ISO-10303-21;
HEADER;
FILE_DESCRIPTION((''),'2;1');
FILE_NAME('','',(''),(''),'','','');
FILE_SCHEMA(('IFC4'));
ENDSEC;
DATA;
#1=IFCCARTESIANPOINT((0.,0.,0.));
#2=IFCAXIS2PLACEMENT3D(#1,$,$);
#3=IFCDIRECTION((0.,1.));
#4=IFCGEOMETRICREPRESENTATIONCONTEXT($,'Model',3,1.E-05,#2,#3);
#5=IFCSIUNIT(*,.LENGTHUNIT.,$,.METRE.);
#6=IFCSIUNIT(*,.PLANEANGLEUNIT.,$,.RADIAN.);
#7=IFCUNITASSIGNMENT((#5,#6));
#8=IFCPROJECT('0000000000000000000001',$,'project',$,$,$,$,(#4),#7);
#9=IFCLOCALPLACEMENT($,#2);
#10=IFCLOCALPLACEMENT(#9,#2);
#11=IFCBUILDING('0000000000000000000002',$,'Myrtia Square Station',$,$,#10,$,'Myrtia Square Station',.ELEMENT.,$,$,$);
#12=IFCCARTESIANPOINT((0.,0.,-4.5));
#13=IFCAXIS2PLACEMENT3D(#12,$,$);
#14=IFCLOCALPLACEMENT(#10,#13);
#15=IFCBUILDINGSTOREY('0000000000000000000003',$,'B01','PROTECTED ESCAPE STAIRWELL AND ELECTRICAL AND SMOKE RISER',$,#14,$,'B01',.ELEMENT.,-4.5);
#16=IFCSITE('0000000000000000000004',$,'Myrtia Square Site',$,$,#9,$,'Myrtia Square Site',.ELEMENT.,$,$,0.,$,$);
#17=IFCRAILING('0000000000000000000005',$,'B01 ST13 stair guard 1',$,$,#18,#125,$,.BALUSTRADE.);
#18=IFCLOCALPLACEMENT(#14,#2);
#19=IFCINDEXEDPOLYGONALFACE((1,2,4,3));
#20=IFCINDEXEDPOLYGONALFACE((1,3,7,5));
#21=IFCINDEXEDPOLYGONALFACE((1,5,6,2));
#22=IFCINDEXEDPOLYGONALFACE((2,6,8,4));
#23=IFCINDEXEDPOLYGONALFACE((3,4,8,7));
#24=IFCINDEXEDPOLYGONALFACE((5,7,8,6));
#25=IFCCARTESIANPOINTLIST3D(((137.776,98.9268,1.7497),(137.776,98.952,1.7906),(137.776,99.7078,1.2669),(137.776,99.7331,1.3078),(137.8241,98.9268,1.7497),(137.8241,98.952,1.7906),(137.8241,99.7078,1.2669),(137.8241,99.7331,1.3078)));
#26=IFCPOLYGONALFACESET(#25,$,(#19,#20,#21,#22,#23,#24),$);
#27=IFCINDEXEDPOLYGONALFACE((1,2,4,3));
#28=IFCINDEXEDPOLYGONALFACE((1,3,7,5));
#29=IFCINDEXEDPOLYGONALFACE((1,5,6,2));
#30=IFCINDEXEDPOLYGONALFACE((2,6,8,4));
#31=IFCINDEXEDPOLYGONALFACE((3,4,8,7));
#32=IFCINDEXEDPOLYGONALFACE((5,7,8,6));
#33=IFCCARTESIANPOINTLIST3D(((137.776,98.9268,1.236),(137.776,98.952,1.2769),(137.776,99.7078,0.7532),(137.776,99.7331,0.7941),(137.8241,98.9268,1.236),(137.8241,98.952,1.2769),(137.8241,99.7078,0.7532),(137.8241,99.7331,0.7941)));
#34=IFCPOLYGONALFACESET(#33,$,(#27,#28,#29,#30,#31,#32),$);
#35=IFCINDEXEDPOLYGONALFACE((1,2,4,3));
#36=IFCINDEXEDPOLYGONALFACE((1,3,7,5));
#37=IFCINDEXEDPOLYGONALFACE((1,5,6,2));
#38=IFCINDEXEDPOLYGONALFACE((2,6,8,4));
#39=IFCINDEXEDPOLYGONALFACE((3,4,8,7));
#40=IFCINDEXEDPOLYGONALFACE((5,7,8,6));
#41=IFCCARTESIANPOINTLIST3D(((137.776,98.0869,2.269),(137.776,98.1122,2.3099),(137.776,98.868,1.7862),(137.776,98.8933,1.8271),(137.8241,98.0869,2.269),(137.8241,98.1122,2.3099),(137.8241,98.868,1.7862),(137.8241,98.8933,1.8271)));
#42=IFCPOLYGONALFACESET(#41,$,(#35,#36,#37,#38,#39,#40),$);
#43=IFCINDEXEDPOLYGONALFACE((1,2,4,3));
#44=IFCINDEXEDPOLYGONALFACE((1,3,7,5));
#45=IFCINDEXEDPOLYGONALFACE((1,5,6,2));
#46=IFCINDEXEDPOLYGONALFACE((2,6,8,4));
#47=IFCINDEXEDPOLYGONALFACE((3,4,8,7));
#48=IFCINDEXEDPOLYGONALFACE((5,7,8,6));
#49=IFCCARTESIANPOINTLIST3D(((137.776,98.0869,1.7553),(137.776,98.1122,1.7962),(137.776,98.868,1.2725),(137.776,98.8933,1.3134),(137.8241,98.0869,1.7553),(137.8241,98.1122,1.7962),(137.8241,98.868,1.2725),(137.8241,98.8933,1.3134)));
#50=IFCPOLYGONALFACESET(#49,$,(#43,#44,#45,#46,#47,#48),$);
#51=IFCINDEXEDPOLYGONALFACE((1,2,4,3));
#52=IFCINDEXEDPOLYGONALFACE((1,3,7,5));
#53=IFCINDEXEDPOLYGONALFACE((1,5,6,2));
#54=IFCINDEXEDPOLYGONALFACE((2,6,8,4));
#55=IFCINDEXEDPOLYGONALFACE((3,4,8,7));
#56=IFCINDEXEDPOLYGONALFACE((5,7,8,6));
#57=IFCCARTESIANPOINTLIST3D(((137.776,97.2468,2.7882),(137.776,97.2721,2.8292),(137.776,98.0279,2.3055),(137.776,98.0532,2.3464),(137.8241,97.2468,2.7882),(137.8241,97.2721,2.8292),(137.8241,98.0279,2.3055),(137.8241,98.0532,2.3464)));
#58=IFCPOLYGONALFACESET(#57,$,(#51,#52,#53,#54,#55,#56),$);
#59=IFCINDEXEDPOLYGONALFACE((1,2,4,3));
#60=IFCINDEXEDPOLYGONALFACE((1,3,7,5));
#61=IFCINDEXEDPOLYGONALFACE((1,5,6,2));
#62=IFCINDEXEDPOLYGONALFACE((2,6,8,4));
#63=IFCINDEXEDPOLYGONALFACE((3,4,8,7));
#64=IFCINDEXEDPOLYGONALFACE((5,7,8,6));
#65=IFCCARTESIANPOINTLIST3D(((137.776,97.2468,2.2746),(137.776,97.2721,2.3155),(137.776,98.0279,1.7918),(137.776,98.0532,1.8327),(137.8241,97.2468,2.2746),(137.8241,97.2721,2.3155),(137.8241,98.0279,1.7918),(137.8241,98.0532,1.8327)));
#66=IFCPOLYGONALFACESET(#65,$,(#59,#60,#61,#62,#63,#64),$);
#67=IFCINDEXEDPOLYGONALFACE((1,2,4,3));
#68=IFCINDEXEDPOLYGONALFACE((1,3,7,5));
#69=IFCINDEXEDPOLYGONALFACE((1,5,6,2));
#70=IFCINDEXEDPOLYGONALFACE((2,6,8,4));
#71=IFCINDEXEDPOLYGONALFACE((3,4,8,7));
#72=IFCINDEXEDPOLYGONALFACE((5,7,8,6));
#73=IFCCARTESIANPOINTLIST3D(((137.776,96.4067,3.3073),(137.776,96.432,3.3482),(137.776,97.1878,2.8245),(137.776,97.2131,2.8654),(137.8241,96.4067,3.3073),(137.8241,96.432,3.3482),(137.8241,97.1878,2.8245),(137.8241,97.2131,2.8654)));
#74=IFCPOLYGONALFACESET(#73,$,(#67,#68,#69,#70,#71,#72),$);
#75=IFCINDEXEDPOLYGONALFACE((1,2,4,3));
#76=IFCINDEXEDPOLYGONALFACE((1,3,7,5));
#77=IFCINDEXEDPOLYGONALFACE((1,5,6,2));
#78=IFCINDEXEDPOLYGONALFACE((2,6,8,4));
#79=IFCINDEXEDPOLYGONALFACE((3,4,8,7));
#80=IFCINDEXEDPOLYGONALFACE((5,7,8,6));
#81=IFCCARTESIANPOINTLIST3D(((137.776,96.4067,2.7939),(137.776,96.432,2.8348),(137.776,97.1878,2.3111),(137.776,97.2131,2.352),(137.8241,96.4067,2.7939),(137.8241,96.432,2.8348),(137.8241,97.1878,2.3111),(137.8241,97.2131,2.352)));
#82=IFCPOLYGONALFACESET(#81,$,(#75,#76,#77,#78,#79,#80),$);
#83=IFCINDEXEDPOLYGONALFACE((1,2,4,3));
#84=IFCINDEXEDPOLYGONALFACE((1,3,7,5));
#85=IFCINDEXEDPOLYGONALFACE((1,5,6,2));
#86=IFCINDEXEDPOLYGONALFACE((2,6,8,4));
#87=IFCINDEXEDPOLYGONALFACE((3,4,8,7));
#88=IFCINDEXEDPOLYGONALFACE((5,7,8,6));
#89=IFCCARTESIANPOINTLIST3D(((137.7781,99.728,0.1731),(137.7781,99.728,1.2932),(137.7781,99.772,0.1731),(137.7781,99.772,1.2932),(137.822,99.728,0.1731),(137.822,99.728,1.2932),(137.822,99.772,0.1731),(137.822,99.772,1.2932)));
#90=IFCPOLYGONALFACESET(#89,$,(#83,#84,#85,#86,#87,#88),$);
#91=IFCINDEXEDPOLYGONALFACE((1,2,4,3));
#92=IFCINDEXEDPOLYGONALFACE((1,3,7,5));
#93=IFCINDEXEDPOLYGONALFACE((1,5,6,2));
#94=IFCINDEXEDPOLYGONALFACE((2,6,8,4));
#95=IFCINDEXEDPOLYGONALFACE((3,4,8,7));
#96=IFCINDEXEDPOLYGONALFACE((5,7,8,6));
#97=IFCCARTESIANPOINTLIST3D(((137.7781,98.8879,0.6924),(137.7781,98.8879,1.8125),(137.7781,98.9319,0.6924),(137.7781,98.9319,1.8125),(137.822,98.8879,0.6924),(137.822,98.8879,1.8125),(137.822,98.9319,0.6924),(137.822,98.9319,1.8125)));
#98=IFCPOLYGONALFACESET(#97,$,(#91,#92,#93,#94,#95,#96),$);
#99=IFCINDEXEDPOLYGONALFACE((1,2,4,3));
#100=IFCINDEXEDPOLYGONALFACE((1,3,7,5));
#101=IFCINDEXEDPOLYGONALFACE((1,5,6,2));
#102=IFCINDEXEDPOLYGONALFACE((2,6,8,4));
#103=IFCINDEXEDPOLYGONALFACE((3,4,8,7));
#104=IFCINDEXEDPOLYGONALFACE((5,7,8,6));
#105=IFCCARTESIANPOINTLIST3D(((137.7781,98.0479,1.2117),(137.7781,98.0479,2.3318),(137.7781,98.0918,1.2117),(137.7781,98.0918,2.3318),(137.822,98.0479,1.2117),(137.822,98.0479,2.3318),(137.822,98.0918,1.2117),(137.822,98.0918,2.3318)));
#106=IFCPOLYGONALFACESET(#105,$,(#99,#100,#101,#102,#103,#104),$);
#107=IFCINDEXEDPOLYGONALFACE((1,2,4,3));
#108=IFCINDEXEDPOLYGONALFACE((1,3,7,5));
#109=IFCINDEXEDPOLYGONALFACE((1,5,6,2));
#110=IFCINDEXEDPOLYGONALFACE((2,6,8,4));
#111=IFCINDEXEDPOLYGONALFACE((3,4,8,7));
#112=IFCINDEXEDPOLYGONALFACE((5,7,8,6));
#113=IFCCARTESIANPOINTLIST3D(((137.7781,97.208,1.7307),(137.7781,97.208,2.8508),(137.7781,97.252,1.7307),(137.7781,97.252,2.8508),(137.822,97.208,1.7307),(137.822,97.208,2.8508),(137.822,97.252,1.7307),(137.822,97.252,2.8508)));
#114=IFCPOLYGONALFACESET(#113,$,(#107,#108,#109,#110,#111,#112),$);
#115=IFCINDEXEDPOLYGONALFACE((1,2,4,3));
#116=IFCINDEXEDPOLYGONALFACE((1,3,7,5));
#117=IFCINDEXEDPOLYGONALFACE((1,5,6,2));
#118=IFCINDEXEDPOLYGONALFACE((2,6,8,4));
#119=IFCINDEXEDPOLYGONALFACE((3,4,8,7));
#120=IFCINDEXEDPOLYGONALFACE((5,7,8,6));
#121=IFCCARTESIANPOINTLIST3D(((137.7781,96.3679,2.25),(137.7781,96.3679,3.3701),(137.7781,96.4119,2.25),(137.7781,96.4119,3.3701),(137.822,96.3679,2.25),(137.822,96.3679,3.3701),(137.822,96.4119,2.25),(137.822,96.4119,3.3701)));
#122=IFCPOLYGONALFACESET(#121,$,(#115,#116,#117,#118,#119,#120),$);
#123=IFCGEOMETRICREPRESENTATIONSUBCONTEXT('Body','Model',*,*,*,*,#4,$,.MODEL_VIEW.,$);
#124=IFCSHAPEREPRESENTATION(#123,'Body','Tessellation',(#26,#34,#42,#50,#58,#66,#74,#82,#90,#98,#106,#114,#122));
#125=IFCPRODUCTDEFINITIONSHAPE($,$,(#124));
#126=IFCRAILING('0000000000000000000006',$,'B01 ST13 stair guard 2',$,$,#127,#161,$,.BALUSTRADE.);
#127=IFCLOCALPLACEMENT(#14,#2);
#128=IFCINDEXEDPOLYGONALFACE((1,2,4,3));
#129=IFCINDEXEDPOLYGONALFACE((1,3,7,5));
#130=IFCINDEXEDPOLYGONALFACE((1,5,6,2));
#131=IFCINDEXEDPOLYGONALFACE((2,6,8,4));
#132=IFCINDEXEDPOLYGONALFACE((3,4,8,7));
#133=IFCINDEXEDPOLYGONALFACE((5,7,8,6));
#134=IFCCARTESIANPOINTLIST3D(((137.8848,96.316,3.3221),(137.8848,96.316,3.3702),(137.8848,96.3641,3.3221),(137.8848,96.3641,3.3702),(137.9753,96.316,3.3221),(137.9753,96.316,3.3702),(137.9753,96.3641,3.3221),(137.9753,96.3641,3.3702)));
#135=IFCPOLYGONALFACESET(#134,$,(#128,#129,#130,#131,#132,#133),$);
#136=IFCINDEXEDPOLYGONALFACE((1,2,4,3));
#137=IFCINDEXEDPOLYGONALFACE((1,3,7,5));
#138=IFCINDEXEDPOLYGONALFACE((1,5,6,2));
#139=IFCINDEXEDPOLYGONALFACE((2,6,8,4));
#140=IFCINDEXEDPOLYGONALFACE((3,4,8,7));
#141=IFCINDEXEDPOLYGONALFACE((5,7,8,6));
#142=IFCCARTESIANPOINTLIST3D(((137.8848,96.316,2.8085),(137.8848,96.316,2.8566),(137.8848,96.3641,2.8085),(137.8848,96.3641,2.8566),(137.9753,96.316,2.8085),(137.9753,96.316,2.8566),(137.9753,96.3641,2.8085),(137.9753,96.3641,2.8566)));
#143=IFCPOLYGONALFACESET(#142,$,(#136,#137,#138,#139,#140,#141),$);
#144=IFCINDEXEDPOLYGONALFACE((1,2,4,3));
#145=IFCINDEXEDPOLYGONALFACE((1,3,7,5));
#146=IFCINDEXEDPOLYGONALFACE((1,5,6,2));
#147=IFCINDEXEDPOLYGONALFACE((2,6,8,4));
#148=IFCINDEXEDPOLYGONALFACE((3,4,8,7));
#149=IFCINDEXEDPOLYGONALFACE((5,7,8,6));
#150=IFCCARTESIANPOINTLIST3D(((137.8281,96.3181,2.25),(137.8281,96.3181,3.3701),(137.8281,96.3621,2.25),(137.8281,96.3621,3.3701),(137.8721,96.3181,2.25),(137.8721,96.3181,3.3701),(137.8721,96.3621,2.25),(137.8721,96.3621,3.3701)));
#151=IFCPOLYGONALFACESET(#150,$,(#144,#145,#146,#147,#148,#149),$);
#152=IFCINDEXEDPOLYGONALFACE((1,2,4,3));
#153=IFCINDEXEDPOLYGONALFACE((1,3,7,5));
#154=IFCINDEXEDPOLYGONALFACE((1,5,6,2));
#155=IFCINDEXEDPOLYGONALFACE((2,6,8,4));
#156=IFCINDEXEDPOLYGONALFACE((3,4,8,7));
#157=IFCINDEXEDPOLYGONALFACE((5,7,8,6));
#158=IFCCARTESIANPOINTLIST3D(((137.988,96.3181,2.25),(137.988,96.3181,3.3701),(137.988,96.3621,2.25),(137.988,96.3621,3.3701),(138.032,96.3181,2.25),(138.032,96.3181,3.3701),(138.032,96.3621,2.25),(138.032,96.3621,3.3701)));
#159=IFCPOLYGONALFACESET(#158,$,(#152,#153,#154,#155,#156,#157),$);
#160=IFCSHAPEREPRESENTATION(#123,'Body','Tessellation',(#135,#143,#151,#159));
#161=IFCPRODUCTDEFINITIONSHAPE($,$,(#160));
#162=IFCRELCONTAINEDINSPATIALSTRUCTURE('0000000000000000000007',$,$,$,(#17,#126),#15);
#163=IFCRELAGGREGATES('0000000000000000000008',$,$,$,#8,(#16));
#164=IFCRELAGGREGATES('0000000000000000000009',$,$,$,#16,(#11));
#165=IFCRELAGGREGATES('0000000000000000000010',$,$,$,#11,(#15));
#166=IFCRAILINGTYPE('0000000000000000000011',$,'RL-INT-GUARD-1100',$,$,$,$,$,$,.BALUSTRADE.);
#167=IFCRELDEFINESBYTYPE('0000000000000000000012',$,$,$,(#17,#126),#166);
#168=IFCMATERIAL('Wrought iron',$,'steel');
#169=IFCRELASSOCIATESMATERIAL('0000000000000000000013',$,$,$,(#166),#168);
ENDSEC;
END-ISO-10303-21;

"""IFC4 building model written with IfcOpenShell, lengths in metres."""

from ifc_helpers import new_model, si_unit, direction, frame, origin, origin_2d, place, context, subcontext, project, spatial, rectangle, extrude, material, type_object, element, save


model = new_model("IFC4")

# Units and contexts
model_context = context("Model", 3, precision=1e-05, world=origin(), true_north=direction((0.0, 1.0)))
body_context = subcontext(model_context, "Body", "Model", "MODEL_VIEW")
ifc_project = project(units=[si_unit("LENGTHUNIT", "METRE"), si_unit("PLANEANGLEUNIT", "RADIAN")], contexts=[model_context])

# Site, building, storey
site_placement = place(None, origin())
site = spatial("IfcSite", under=ifc_project, at=site_placement, Name="Myrtia Square Site", LongName="Myrtia Square Site", CompositionType="ELEMENT", RefElevation=0.0)
building_placement = place(site_placement, origin())
building = spatial("IfcBuilding", under=site, at=building_placement, Name="Myrtia Square Station", LongName="Myrtia Square Station", CompositionType="ELEMENT")
storey_placement = place(building_placement, frame((0.0, 0.0, -4.5)))
storey = spatial("IfcBuildingStorey", under=building, at=storey_placement, Name="B01", Description="PROTECTED ESCAPE STAIRWELL AND ELECTRICAL AND SMOKE RISER", LongName="B01", CompositionType="ELEMENT", Elevation=-4.5)

# Railings
ifc_material_1 = material(Name="Wrought iron", Category="steel")
railing_type_1 = type_object("IfcRailingType", Name="RL-INT-GUARD-1100", PredefinedType="BALUSTRADE", material=ifc_material_1)
railing_1_placement = place(storey_placement, frame((137.8, 99.75, 0.1731)))
element("IfcRailing", 1, at=railing_1_placement, inside=storey, type_object=railing_type_1, Name="B01 ST13 stair guard 1", PredefinedType="BALUSTRADE", context=body_context, shape_type="SweptSolid", body=[
    extrude(rectangle(XDim=0.0481, YDim=0.0481, at=origin_2d()), frame((0.0, -0.0295, 1.1143), z_axis=(0.0, -0.850623, 0.525776), x_axis=(1.0, 0.0, 0.0)), (0.0, 0.0, 1.0), 0.9182),
    extrude(rectangle(XDim=0.0481, YDim=0.0481, at=origin_2d()), frame((0.0, -0.0295, 0.6006), z_axis=(0.0, -0.850623, 0.525776), x_axis=(1.0, 0.0, 0.0)), (0.0, 0.0, 1.0), 0.9182),
    extrude(rectangle(XDim=0.0481, YDim=0.0481, at=origin_2d()), frame((0.0, -0.8694, 1.6335), z_axis=(0.0, -0.850623, 0.525776), x_axis=(1.0, 0.0, 0.0)), (0.0, 0.0, 1.0), 0.9182),
    extrude(rectangle(XDim=0.0481, YDim=0.0481, at=origin_2d()), frame((0.0, -0.8694, 1.1199), z_axis=(0.0, -0.850623, 0.525776), x_axis=(1.0, 0.0, 0.0)), (0.0, 0.0, 1.0), 0.9182),
    extrude(rectangle(XDim=0.0481, YDim=0.0481, at=origin_2d()), frame((0.0, -1.7095, 2.1528), z_axis=(0.0, -0.850623, 0.525776), x_axis=(1.0, 0.0, 0.0)), (0.0, 0.0, 1.0), 0.9182),
    extrude(rectangle(XDim=0.0481, YDim=0.0481, at=origin_2d()), frame((0.0, -1.7095, 1.6392), z_axis=(0.0, -0.850623, 0.525776), x_axis=(1.0, 0.0, 0.0)), (0.0, 0.0, 1.0), 0.9182),
    extrude(rectangle(XDim=0.0481, YDim=0.0481, at=origin_2d()), frame((0.0, -2.5496, 2.6719), z_axis=(0.0, -0.850623, 0.525776), x_axis=(1.0, 0.0, 0.0)), (0.0, 0.0, 1.0), 0.9182),
    extrude(rectangle(XDim=0.0481, YDim=0.0481, at=origin_2d()), frame((0.0, -2.5496, 2.1584), z_axis=(0.0, -0.850623, 0.525776), x_axis=(1.0, 0.0, 0.0)), (0.0, 0.0, 1.0), 0.9182),
    extrude(rectangle(XDim=0.0439, YDim=0.0439, at=origin_2d()), origin(), (0.0, 0.0, 1.0), 1.1201),
    extrude(rectangle(XDim=0.0439, YDim=0.0439, at=origin_2d()), frame((0.0, -0.8401, 0.5193)), (0.0, 0.0, 1.0), 1.1201),
    extrude(rectangle(XDim=0.0439, YDim=0.0439, at=origin_2d()), frame((0.0, -1.6802, 1.0386)), (0.0, 0.0, 1.0), 1.1201),
    extrude(rectangle(XDim=0.0439, YDim=0.0439, at=origin_2d()), frame((0.0, -2.52, 1.5576)), (0.0, 0.0, 1.0), 1.1201),
    extrude(rectangle(XDim=0.0439, YDim=0.0439, at=origin_2d()), frame((0.0, -3.3601, 2.0769)), (0.0, 0.0, 1.0), 1.1201),
])
railing_2_placement = place(storey_placement, frame((137.8501, 96.3401, 2.25)))
element("IfcRailing", 2, at=railing_2_placement, inside=storey, type_object=railing_type_1, Name="B01 ST13 stair guard 2", PredefinedType="BALUSTRADE", context=body_context, shape_type="SweptSolid", body=[
    extrude(rectangle(XDim=0.0481, YDim=0.0481, at=origin_2d()), frame((0.0347, 0.0, 1.0962), z_axis=(1.0, 0.0, 0.0), x_axis=(0.0, 1.0, 0.0)), (0.0, 0.0, 1.0), 0.0906),
    extrude(rectangle(XDim=0.0481, YDim=0.0481, at=origin_2d()), frame((0.0347, 0.0, 0.5825), z_axis=(1.0, 0.0, 0.0), x_axis=(0.0, 1.0, 0.0)), (0.0, 0.0, 1.0), 0.0906),
    extrude(rectangle(XDim=0.0439, YDim=0.0439, at=origin_2d()), origin(), (0.0, 0.0, 1.0), 1.1201),
    extrude(rectangle(XDim=0.0439, YDim=0.0439, at=origin_2d()), frame((0.1599, 0.0, 0.0)), (0.0, 0.0, 1.0), 1.1201),
])

save(model, "model.ifc")
